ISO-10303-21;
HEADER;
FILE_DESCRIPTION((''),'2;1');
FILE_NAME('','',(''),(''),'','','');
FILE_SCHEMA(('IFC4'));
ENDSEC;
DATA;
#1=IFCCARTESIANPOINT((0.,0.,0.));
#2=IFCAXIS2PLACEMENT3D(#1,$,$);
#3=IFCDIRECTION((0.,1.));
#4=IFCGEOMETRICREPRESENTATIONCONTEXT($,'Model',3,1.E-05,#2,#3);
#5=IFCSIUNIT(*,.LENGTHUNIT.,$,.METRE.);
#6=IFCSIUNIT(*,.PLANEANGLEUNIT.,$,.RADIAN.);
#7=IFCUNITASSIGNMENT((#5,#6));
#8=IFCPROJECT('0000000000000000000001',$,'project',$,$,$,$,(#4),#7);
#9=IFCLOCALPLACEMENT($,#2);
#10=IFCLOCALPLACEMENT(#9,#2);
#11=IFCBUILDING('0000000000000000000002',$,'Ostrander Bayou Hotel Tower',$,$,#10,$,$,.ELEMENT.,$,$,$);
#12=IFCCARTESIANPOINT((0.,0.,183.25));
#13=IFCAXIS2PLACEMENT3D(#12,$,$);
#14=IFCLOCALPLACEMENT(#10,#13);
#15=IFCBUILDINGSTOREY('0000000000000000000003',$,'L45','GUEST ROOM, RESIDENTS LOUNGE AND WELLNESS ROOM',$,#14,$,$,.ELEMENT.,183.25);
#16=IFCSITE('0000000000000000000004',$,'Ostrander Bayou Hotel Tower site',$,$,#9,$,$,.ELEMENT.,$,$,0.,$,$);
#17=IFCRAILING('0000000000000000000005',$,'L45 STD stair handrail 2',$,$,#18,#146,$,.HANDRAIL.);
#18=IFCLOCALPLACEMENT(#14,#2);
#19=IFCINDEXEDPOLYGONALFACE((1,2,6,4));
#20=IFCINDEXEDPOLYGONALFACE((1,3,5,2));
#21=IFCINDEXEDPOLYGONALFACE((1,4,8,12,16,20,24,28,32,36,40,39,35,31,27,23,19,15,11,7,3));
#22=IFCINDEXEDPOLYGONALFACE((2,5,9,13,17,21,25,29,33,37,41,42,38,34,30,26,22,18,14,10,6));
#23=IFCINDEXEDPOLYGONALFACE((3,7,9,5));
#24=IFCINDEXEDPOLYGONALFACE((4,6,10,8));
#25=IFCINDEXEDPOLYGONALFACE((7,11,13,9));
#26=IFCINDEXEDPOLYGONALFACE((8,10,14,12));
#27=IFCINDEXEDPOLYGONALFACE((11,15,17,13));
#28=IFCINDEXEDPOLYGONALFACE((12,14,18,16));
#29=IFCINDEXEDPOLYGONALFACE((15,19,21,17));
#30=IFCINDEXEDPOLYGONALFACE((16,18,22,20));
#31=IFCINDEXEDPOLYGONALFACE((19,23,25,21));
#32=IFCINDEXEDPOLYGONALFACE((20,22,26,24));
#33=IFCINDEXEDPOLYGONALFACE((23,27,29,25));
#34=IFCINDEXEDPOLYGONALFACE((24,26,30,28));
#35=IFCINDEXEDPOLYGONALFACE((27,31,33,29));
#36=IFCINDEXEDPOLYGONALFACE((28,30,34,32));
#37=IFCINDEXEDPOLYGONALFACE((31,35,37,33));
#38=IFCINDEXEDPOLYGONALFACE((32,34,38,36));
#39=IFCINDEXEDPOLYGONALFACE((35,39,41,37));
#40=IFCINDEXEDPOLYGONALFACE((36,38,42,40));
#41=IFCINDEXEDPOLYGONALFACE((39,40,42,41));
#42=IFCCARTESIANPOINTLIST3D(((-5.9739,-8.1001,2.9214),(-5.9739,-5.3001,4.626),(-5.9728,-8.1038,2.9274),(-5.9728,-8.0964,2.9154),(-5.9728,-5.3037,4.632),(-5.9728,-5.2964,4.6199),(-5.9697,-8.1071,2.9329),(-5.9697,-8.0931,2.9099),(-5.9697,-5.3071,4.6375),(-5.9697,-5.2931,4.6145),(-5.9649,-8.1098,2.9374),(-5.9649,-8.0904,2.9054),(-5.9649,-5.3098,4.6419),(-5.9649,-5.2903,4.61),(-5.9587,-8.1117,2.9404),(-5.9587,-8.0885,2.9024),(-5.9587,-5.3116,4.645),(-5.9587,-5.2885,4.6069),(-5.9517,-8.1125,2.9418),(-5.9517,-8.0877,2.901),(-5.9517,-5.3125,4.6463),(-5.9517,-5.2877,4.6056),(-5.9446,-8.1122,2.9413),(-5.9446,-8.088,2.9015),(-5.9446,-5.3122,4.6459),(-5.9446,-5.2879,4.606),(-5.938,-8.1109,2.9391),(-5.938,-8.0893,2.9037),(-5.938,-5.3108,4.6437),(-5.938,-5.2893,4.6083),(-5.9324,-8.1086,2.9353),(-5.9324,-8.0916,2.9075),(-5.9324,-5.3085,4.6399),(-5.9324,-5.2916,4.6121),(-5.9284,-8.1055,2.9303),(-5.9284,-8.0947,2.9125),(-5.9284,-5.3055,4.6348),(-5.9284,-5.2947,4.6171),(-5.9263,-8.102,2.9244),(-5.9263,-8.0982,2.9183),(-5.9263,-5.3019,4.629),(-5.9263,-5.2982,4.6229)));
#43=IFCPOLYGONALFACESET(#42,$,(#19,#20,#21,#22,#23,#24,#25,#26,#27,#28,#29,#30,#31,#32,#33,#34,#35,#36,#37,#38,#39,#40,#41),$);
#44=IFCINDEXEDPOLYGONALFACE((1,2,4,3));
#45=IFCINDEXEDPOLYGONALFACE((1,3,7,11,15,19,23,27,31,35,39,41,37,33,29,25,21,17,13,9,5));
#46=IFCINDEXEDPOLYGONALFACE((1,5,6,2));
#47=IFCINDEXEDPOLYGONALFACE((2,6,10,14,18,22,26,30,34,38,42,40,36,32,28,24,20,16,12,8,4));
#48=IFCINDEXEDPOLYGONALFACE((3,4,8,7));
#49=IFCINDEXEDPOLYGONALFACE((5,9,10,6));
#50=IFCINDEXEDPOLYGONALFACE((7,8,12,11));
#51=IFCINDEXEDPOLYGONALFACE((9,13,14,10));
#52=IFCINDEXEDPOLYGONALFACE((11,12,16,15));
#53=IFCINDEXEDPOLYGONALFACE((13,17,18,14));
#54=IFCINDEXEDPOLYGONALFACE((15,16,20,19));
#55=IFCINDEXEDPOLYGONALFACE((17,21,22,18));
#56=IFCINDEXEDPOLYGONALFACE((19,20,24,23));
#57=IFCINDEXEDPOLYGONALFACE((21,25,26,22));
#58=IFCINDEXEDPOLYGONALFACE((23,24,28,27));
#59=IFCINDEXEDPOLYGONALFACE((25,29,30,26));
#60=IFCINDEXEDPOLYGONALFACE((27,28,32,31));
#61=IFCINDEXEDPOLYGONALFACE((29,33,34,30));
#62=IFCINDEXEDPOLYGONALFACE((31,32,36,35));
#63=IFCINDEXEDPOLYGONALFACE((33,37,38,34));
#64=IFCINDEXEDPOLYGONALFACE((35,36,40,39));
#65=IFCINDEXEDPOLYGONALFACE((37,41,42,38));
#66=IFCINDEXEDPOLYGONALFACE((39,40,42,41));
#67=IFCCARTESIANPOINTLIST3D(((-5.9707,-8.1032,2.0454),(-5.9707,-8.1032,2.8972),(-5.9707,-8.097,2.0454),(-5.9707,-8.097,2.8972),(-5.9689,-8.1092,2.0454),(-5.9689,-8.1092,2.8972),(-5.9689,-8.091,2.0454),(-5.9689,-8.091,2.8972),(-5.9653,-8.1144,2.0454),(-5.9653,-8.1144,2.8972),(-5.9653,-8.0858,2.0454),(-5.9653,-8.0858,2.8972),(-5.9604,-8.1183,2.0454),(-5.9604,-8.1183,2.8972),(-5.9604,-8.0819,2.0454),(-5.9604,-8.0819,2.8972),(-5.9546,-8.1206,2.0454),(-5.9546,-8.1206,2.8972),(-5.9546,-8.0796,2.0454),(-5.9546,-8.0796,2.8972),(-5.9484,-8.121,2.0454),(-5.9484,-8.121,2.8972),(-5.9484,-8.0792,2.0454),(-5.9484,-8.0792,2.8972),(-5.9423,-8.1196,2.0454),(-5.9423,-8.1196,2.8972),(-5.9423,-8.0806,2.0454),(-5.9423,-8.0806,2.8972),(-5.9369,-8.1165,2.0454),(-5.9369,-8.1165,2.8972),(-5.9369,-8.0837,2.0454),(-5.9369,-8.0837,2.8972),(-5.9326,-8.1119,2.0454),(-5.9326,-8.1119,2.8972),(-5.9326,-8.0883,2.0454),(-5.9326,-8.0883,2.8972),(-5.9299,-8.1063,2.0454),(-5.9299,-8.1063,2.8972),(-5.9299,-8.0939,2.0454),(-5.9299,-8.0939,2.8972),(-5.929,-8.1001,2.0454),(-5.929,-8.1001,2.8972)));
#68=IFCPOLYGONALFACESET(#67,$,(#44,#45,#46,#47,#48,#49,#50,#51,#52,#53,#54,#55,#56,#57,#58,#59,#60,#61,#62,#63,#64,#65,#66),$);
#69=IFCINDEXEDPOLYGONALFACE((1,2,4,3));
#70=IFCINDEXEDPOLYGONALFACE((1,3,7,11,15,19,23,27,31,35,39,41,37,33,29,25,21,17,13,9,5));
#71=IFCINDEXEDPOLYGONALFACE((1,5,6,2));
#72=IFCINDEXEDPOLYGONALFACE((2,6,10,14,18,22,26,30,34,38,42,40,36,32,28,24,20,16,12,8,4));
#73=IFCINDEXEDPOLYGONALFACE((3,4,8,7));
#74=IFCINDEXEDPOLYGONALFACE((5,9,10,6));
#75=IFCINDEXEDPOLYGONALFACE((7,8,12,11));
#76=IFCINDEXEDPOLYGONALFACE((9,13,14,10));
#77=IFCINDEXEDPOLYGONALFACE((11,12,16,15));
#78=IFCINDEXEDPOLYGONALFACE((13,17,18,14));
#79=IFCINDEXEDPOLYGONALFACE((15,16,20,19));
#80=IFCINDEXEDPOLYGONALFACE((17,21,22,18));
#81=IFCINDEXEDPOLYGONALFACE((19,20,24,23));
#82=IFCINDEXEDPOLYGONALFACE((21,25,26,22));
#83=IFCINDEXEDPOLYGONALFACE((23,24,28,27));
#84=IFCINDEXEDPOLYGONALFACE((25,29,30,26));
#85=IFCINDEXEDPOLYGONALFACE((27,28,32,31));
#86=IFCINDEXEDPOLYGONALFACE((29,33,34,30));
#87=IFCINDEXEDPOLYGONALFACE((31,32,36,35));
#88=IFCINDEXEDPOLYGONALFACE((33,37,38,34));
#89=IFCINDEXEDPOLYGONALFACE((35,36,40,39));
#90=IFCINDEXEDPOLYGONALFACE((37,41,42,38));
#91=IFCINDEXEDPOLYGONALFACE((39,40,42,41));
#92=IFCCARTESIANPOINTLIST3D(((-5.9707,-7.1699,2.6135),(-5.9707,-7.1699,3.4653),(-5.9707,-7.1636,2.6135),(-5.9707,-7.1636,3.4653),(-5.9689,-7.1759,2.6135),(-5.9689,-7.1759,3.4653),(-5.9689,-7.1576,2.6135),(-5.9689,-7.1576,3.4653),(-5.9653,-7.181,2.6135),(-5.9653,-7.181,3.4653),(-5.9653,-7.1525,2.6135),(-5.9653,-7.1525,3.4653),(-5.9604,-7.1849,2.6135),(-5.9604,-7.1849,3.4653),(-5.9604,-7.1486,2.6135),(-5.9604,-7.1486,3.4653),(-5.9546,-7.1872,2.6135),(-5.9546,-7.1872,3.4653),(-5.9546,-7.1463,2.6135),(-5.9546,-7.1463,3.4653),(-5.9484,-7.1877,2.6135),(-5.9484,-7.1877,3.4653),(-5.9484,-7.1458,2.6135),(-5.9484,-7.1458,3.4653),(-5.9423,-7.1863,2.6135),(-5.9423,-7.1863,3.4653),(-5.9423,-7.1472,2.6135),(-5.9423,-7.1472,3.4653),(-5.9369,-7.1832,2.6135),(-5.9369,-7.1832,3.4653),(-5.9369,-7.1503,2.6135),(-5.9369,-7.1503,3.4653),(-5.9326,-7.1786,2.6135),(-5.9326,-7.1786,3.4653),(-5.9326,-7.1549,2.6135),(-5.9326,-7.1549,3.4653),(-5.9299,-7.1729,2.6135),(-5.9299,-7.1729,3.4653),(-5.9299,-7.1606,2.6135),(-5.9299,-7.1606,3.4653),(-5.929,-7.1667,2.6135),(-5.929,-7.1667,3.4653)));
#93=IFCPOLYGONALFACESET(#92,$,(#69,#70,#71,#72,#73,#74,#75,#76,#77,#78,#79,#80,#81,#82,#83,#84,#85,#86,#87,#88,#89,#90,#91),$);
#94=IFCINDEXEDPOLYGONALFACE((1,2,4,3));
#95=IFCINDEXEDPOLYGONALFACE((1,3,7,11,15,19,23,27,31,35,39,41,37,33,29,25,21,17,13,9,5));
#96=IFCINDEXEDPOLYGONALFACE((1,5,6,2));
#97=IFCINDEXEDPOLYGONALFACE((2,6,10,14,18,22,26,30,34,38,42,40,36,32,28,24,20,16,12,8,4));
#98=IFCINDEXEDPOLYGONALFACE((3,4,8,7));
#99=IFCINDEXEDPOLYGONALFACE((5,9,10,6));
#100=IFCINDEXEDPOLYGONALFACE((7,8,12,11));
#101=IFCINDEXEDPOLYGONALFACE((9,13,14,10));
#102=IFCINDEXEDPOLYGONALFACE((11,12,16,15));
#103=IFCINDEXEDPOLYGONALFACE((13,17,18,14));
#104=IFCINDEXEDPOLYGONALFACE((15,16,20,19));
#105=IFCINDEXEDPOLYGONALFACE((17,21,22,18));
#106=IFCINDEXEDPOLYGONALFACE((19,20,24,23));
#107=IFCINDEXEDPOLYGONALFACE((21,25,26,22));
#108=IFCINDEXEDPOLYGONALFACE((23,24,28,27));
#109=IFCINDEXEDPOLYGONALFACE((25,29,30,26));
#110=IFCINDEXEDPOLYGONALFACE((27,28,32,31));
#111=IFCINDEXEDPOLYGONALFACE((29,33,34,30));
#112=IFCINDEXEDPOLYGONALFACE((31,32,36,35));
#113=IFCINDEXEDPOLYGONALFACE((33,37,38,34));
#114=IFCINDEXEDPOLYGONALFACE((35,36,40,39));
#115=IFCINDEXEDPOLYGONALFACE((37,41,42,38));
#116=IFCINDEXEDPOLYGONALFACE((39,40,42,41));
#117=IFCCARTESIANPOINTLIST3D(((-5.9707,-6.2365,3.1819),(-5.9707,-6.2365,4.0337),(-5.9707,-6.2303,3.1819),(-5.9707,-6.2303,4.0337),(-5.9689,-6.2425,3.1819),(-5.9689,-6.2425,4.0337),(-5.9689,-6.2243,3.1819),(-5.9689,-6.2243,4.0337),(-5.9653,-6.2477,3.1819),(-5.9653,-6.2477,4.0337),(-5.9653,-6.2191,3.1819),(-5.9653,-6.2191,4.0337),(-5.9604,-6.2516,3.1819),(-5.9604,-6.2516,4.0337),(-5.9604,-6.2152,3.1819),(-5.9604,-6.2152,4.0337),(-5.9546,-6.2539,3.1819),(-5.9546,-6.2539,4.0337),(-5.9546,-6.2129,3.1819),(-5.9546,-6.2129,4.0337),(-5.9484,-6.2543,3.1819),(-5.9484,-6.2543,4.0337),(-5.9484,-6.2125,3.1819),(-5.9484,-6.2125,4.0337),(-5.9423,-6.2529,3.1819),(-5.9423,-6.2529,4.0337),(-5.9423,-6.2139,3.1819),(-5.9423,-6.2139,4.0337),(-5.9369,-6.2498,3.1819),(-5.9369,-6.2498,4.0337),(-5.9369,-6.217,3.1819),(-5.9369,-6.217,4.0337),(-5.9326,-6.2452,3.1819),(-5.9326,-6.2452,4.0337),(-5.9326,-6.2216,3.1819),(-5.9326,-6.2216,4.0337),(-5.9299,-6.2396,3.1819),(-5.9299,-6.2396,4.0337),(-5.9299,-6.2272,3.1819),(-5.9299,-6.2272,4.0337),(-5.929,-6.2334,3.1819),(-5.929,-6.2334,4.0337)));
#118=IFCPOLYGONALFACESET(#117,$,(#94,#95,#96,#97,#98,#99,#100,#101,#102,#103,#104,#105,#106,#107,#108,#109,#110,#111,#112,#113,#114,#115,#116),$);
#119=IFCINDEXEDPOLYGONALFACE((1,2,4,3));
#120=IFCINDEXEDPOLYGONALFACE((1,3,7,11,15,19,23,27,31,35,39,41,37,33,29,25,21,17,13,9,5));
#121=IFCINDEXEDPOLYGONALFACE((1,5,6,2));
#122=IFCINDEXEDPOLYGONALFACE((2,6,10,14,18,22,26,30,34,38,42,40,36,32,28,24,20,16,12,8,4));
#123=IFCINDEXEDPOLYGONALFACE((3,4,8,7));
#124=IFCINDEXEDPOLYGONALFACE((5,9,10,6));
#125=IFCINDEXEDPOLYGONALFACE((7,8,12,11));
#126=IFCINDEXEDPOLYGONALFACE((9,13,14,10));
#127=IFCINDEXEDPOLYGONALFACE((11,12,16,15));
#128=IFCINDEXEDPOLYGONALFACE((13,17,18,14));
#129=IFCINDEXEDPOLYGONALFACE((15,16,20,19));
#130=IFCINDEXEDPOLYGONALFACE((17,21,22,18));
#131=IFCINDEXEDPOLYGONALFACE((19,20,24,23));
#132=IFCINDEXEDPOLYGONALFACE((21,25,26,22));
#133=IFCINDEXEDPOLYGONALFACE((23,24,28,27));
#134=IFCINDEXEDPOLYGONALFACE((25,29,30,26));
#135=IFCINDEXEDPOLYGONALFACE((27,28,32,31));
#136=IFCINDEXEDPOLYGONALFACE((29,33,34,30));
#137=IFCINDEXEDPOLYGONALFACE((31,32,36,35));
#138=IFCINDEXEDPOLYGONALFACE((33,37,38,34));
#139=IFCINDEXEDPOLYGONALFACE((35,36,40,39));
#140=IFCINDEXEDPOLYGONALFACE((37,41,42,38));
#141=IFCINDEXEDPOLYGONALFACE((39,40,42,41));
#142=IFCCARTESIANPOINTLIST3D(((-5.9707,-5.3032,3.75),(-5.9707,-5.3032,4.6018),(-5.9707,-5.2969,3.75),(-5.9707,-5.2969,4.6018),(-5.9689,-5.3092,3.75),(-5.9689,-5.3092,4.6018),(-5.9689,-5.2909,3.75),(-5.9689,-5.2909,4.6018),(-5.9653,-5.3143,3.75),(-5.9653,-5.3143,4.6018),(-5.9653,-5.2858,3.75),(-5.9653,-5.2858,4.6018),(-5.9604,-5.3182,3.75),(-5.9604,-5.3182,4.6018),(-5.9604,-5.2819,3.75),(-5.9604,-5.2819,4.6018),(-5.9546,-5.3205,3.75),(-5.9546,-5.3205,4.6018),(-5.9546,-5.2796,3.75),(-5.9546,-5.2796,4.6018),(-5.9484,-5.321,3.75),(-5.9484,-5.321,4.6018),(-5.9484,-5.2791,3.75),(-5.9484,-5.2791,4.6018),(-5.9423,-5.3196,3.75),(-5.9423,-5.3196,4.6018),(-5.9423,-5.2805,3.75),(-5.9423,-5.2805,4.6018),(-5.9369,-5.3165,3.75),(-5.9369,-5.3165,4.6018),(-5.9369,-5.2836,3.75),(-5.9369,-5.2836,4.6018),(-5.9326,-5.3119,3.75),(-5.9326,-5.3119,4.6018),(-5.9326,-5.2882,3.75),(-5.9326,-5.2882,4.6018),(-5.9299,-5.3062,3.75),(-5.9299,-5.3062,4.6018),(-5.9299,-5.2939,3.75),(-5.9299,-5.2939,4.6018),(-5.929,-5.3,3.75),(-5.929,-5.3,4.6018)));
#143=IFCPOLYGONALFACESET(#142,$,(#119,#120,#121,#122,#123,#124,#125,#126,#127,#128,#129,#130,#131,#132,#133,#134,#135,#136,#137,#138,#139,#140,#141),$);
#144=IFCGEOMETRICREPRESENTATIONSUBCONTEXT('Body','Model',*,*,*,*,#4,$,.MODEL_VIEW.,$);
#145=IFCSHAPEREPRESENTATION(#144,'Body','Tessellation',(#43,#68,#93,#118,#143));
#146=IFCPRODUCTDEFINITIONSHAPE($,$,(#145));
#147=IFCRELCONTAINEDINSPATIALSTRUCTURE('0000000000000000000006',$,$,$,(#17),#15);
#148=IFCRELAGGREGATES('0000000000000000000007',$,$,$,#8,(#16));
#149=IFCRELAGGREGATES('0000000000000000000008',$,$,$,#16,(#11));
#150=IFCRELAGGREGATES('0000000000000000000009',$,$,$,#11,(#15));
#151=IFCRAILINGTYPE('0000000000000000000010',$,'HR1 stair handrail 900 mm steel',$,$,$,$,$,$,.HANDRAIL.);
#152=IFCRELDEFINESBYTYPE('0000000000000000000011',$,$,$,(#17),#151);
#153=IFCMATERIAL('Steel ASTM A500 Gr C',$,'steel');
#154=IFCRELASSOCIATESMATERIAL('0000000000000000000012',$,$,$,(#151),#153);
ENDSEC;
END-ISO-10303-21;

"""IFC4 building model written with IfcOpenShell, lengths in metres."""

from ifc_helpers import new_model, si_unit, direction, frame, origin, origin_2d, place, context, subcontext, project, spatial, circle, extrude, material, type_object, element, save


model = new_model("IFC4")

# Units and contexts
model_context = context("Model", 3, precision=1e-05, world=origin(), true_north=direction((0.0, 1.0)))
body_context = subcontext(model_context, "Body", "Model", "MODEL_VIEW")
ifc_project = project(units=[si_unit("LENGTHUNIT", "METRE"), si_unit("PLANEANGLEUNIT", "RADIAN")], contexts=[model_context])

# Site, building, storey
site_placement = place(None, origin())
site = spatial("IfcSite", under=ifc_project, at=site_placement, Name="Ostrander Bayou Hotel Tower site", CompositionType="ELEMENT", RefElevation=0.0)
building_placement = place(site_placement, origin())
building = spatial("IfcBuilding", under=site, at=building_placement, Name="Ostrander Bayou Hotel Tower", CompositionType="ELEMENT")
storey_placement = place(building_placement, frame((0.0, 0.0, 183.25)))
storey = spatial("IfcBuildingStorey", under=building, at=storey_placement, Name="L45", Description="GUEST ROOM, RESIDENTS LOUNGE AND WELLNESS ROOM", CompositionType="ELEMENT", Elevation=183.25)

# Railing
ifc_material_1 = material(Name="Steel ASTM A500 Gr C", Category="steel")
railing_type_1 = type_object("IfcRailingType", Name="HR1 stair handrail 900 mm steel", PredefinedType="HANDRAIL", material=ifc_material_1)
railing_1_placement = place(storey_placement, frame((-5.95, -8.1001, 2.0454)))
element("IfcRailing", 1, at=railing_1_placement, inside=storey, type_object=railing_type_1, Name="L45 STD stair handrail 2", PredefinedType="HANDRAIL", context=body_context, shape_type="SweptSolid", body=[
    extrude(circle(Radius=0.0239, at=origin_2d()), frame((0.0, 0.0, 0.876), z_axis=(0.0, 0.85417, 0.519994), x_axis=(-1.0, 0.0, 0.0)), (0.0, 0.0, 1.0), 3.2781),
    extrude(circle(Radius=0.021, at=origin_2d()), origin(), (0.0, 0.0, 1.0), 0.8518),
    extrude(circle(Radius=0.021, at=origin_2d()), frame((0.0, 0.9333, 0.5681)), (0.0, 0.0, 1.0), 0.8518),
    extrude(circle(Radius=0.021, at=origin_2d()), frame((0.0, 1.8667, 1.1365)), (0.0, 0.0, 1.0), 0.8518),
    extrude(circle(Radius=0.021, at=origin_2d()), frame((0.0, 2.8, 1.7046)), (0.0, 0.0, 1.0), 0.8518),
])

save(model, "model.ifc")
